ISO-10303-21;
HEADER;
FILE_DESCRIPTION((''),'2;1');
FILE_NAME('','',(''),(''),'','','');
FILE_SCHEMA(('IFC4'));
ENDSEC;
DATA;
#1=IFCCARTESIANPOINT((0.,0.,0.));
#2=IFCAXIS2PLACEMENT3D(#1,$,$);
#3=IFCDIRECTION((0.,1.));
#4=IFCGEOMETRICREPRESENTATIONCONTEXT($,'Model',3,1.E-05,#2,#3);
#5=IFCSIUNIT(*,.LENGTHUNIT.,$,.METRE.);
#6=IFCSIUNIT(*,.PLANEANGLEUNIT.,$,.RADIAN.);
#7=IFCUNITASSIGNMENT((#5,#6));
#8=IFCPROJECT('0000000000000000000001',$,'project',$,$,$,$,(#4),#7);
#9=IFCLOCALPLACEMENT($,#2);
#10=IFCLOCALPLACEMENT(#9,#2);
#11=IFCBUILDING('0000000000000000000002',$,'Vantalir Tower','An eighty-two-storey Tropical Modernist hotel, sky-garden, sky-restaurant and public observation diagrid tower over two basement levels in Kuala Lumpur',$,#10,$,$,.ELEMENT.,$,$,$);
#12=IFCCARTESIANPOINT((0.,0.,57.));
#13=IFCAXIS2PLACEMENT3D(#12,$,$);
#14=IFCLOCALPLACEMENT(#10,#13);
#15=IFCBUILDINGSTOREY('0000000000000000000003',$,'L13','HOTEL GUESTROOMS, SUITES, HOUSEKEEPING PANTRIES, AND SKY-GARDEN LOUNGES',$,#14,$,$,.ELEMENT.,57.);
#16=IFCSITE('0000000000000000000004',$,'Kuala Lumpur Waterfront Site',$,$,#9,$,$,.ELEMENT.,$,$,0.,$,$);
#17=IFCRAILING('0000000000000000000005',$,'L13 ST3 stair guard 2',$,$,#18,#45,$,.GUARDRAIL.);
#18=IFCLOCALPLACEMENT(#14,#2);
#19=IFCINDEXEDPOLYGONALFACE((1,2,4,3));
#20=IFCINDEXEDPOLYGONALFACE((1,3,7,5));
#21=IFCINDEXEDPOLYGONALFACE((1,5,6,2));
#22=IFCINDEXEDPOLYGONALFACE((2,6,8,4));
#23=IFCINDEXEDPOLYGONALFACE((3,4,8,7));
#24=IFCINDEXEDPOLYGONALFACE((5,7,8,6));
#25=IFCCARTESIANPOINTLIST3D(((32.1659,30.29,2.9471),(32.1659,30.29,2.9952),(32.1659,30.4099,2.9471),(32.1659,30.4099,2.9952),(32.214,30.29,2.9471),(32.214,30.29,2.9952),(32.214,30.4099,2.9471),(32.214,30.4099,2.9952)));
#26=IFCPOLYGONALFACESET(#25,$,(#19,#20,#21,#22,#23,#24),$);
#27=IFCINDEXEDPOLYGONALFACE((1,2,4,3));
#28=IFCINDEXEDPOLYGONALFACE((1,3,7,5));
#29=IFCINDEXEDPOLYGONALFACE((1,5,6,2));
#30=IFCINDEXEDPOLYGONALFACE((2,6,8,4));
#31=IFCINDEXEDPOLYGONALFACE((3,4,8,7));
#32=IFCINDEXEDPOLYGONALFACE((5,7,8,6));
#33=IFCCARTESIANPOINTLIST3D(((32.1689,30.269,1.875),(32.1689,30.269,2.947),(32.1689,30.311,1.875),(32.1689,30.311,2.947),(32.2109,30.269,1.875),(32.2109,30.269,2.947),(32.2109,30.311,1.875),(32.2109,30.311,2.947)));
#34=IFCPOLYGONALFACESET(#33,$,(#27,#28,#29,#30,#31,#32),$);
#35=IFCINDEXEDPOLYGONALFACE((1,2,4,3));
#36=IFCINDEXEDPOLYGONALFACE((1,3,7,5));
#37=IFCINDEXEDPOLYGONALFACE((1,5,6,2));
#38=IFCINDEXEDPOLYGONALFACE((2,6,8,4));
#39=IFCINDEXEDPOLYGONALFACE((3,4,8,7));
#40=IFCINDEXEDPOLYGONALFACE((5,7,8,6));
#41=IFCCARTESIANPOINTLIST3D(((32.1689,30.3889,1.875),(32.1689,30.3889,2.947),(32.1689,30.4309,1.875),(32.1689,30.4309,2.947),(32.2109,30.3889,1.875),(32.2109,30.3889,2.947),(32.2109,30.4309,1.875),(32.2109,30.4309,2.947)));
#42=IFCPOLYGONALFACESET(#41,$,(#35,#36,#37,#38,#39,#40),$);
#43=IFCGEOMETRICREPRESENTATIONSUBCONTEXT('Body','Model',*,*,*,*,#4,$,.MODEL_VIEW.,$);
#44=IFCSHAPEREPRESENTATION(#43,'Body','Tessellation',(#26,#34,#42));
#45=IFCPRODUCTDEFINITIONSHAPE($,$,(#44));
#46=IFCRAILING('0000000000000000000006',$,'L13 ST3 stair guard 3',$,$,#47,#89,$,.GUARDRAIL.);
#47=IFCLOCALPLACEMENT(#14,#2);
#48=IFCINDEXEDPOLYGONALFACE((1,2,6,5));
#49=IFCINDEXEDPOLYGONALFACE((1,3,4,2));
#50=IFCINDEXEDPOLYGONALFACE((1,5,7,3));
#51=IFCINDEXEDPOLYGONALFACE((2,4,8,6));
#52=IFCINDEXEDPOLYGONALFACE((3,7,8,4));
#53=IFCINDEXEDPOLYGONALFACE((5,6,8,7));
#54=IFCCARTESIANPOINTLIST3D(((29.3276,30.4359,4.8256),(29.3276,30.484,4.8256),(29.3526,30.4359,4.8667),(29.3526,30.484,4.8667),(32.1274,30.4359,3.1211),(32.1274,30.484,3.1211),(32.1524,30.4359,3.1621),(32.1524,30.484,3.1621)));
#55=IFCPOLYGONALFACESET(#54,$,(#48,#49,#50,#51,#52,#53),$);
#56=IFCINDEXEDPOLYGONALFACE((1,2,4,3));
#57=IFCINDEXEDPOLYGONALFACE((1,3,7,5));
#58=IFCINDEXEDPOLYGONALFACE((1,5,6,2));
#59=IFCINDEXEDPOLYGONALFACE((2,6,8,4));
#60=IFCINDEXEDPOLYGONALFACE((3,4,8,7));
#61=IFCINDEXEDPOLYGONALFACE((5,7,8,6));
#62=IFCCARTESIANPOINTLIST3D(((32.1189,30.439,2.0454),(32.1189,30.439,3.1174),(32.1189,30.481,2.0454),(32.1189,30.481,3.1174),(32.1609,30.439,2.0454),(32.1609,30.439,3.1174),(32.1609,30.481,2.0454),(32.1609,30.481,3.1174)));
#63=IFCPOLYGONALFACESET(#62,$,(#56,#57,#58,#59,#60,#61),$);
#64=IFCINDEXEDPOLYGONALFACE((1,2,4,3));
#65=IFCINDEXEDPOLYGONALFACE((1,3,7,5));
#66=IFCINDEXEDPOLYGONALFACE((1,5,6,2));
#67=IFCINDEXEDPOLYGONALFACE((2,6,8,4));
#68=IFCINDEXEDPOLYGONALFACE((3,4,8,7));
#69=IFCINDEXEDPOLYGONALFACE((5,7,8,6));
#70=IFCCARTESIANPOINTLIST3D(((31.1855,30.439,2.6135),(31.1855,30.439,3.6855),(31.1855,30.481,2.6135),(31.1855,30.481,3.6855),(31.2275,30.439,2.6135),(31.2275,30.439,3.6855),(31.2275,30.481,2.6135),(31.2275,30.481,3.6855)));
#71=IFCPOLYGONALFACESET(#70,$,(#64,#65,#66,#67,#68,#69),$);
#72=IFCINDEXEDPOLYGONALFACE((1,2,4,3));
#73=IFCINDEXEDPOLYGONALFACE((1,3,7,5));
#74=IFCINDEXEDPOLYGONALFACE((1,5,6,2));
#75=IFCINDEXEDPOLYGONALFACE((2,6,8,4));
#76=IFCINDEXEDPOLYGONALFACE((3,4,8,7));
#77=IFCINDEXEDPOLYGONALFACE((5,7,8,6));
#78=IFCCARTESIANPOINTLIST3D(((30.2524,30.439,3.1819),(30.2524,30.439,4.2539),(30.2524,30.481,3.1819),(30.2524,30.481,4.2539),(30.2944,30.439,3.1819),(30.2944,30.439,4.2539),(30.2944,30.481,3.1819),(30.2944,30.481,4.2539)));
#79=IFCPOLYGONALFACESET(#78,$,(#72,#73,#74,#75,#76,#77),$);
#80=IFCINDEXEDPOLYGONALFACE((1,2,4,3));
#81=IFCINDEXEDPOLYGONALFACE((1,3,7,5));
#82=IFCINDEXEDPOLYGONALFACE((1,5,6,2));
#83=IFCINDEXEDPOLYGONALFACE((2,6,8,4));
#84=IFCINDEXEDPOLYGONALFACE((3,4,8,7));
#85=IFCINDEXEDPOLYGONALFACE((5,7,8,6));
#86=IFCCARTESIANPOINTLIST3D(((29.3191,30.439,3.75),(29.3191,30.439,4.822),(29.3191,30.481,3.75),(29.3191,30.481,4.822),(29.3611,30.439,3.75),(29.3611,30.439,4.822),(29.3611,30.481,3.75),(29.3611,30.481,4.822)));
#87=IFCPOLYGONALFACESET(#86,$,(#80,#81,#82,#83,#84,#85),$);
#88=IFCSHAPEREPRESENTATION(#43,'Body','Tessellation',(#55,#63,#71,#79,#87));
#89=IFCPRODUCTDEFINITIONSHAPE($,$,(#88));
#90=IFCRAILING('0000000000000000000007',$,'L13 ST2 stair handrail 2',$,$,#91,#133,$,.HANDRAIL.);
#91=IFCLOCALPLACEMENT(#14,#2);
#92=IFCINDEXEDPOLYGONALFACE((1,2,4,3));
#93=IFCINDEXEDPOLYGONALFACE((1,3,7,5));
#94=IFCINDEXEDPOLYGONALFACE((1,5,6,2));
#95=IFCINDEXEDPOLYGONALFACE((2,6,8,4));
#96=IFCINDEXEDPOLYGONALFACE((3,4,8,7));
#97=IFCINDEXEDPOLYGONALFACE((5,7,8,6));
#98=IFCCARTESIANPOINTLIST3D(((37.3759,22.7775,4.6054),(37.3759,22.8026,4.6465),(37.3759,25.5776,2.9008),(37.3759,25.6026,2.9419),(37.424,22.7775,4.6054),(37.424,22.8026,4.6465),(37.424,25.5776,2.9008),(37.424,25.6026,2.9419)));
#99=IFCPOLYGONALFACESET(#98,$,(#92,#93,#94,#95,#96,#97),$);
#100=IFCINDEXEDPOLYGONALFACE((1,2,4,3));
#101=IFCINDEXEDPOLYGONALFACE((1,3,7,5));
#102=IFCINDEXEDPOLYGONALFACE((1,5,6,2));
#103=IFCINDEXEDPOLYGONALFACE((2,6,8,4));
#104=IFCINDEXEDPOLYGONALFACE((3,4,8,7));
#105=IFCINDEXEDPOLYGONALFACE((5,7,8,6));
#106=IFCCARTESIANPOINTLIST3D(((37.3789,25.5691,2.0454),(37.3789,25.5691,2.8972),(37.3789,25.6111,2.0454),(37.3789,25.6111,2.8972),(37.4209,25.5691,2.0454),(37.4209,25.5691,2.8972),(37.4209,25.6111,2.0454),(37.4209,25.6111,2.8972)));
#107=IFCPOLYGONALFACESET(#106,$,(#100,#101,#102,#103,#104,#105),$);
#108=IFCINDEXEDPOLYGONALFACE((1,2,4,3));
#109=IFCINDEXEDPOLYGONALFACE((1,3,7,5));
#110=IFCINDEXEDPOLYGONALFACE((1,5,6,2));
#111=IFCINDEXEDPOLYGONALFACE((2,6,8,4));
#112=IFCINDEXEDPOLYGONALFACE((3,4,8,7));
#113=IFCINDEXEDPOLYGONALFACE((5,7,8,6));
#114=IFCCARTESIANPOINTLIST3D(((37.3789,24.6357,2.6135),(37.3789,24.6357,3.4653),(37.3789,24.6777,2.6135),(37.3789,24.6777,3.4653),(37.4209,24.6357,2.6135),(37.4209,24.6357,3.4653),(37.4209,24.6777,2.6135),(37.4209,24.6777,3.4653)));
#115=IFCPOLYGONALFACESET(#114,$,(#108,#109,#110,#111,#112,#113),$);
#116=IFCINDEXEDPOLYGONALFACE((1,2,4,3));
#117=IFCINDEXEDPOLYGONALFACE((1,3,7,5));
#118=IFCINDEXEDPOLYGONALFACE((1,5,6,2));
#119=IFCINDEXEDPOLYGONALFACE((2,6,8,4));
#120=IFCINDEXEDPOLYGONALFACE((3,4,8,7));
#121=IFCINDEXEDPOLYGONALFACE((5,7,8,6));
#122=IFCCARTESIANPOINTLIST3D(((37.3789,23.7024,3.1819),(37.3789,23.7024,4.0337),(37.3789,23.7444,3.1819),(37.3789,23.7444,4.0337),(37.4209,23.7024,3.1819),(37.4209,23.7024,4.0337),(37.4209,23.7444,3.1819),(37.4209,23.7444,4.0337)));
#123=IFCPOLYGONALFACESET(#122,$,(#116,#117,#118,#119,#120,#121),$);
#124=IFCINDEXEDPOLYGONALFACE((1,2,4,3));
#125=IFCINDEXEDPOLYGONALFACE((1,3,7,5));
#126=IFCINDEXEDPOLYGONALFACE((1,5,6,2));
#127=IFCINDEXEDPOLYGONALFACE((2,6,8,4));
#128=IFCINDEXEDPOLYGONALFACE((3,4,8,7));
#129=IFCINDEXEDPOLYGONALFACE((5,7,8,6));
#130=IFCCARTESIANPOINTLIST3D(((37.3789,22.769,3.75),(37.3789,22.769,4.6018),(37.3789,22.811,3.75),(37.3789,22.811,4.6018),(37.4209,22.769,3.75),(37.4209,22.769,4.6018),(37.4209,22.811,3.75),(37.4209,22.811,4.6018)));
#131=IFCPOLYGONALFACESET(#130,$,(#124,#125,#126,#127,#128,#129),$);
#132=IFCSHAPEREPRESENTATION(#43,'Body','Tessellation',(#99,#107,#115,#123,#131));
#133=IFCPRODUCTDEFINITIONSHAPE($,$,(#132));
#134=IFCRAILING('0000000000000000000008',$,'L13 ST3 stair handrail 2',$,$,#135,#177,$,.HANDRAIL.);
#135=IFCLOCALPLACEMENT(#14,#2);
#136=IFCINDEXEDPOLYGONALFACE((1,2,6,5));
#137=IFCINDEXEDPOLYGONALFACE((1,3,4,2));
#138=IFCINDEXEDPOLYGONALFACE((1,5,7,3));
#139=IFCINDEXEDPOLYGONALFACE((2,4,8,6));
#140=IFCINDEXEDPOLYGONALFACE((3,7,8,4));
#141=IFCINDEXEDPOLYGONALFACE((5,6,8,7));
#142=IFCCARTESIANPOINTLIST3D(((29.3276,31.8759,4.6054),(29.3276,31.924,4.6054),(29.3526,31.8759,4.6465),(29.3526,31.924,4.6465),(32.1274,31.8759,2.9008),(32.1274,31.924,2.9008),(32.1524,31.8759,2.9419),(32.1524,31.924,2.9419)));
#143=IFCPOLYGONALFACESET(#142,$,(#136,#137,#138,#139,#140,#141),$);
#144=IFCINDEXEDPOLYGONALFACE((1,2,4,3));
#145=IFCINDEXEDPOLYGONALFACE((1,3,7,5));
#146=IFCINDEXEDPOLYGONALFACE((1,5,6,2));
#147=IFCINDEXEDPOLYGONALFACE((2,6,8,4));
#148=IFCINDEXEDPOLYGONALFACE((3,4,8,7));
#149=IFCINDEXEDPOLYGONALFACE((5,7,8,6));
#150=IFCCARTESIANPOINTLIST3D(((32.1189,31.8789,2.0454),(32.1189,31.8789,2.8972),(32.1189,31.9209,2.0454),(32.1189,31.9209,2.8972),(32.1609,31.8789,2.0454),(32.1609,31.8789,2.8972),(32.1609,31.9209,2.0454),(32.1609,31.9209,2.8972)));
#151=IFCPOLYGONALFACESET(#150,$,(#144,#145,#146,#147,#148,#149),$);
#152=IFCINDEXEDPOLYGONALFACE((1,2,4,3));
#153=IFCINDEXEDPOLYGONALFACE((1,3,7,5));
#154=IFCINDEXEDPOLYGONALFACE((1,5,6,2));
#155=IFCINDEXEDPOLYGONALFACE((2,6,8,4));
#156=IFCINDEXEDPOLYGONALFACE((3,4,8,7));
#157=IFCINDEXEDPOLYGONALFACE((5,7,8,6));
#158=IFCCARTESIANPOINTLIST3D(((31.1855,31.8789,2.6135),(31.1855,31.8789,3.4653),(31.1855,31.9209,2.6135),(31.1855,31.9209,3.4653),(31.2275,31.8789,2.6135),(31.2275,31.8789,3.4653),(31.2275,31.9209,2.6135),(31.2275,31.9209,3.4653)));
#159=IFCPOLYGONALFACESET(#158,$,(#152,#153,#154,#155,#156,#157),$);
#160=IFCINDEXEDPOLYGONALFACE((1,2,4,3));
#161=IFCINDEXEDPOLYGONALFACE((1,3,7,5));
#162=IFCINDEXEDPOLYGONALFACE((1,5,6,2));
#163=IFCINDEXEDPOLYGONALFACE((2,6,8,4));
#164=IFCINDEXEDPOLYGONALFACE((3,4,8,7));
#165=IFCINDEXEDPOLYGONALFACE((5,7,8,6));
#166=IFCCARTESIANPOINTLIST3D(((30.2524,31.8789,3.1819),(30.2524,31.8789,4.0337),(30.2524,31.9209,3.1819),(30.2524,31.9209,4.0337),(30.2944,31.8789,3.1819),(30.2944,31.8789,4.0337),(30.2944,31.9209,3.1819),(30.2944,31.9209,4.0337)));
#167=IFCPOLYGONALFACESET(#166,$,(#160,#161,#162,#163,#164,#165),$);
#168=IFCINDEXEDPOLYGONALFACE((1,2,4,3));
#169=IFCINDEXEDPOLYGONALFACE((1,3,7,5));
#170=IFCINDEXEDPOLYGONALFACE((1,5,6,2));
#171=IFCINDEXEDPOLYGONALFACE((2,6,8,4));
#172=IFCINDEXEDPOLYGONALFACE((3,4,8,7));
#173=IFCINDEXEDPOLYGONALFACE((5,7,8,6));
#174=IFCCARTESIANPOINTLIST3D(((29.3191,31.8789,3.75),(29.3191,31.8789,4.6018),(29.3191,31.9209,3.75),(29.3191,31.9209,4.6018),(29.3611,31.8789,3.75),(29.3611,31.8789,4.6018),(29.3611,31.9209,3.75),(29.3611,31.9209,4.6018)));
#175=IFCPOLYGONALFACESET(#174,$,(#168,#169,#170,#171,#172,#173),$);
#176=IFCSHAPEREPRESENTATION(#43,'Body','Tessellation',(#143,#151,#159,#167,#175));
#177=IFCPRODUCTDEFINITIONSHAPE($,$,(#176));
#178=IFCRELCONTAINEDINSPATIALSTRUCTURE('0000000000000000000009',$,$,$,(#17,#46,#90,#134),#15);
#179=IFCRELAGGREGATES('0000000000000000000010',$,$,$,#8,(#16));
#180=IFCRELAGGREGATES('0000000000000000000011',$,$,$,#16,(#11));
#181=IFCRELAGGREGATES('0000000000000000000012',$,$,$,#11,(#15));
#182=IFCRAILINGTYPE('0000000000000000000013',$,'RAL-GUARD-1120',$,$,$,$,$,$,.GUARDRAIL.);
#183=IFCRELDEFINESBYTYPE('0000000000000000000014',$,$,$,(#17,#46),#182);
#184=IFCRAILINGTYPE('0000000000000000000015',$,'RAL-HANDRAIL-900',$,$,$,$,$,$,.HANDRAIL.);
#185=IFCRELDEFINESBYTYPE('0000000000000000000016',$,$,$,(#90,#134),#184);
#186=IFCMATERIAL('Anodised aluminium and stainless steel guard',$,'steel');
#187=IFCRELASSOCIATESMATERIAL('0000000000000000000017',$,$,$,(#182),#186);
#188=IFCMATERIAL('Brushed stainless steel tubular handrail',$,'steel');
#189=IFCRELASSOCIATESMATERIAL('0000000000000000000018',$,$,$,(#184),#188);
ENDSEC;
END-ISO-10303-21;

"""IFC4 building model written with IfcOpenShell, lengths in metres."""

from ifc_helpers import new_model, si_unit, direction, frame, origin, origin_2d, place, context, subcontext, project, spatial, rectangle, extrude, material, type_object, element, save


model = new_model("IFC4")

# Units and contexts
model_context = context("Model", 3, precision=1e-05, world=origin(), true_north=direction((0.0, 1.0)))
body_context = subcontext(model_context, "Body", "Model", "MODEL_VIEW")
ifc_project = project(units=[si_unit("LENGTHUNIT", "METRE"), si_unit("PLANEANGLEUNIT", "RADIAN")], contexts=[model_context])

# Site, building, storey
site_placement = place(None, origin())
site = spatial("IfcSite", under=ifc_project, at=site_placement, Name="Kuala Lumpur Waterfront Site", CompositionType="ELEMENT", RefElevation=0.0)
building_placement = place(site_placement, origin())
building = spatial("IfcBuilding", under=site, at=building_placement, Name="Vantalir Tower", Description="An eighty-two-storey Tropical Modernist hotel, sky-garden, sky-restaurant and public observation diagrid tower over two basement levels in Kuala Lumpur", CompositionType="ELEMENT")
storey_placement = place(building_placement, frame((0.0, 0.0, 57.0)))
storey = spatial("IfcBuildingStorey", under=building, at=storey_placement, Name="L13", Description="HOTEL GUESTROOMS, SUITES, HOUSEKEEPING PANTRIES, AND SKY-GARDEN LOUNGES", CompositionType="ELEMENT", Elevation=57.0)

# Railings
ifc_material_1 = material(Name="Anodised aluminium and stainless steel guard", Category="steel")
railing_type_1 = type_object("IfcRailingType", Name="RAL-GUARD-1120", PredefinedType="GUARDRAIL", material=ifc_material_1)
railing_1_placement = place(storey_placement, frame((32.1899, 30.29, 1.875)))
element("IfcRailing", 1, at=railing_1_placement, inside=storey, type_object=railing_type_1, Name="L13 ST3 stair guard 2", PredefinedType="GUARDRAIL", context=body_context, shape_type="SweptSolid", body=[
    extrude(rectangle(XDim=0.0481, YDim=0.0481, at=origin_2d()), frame((0.0, 0.0, 1.0962), z_axis=(0.0, 1.0, 0.0), x_axis=(-1.0, 0.0, 0.0)), (0.0, 0.0, 1.0), 0.1199),
    extrude(rectangle(XDim=0.042, YDim=0.042, at=origin_2d()), origin(), (0.0, 0.0, 1.0), 1.072),
    extrude(rectangle(XDim=0.042, YDim=0.042, at=origin_2d()), frame((0.0, 0.1199, 0.0)), (0.0, 0.0, 1.0), 1.072),
])
railing_2_placement = place(storey_placement, frame((32.1399, 30.46, 2.0454)))
element("IfcRailing", 2, at=railing_2_placement, inside=storey, type_object=railing_type_1, Name="L13 ST3 stair guard 3", PredefinedType="GUARDRAIL", context=body_context, shape_type="SweptSolid", body=[
    extrude(rectangle(XDim=0.0481, YDim=0.0481, at=origin_2d()), frame((0.0, 0.0, 1.0962), z_axis=(-0.85415, 0.0, 0.520027), x_axis=(0.0, -1.0, 0.0)), (0.0, 0.0, 1.0), 3.2778),
    extrude(rectangle(XDim=0.042, YDim=0.042, at=origin_2d()), origin(), (0.0, 0.0, 1.0), 1.072),
    extrude(rectangle(XDim=0.042, YDim=0.042, at=origin_2d()), frame((-0.9333, 0.0, 0.5681)), (0.0, 0.0, 1.0), 1.072),
    extrude(rectangle(XDim=0.042, YDim=0.042, at=origin_2d()), frame((-1.8665, 0.0, 1.1365)), (0.0, 0.0, 1.0), 1.072),
    extrude(rectangle(XDim=0.042, YDim=0.042, at=origin_2d()), frame((-2.7998, 0.0, 1.7046)), (0.0, 0.0, 1.0), 1.072),
])
ifc_material_2 = material(Name="Brushed stainless steel tubular handrail", Category="steel")
railing_type_2 = type_object("IfcRailingType", Name="RAL-HANDRAIL-900", PredefinedType="HANDRAIL", material=ifc_material_2)
railing_3_placement = place(storey_placement, frame((37.3999, 25.5901, 2.0454)))
element("IfcRailing", 3, at=railing_3_placement, inside=storey, type_object=railing_type_2, Name="L13 ST2 stair handrail 2", PredefinedType="HANDRAIL", context=body_context, shape_type="SweptSolid", body=[
    extrude(rectangle(XDim=0.0481, YDim=0.0481, at=origin_2d()), frame((0.0, 0.0, 0.876), z_axis=(0.0, -0.85417, 0.519994), x_axis=(1.0, 0.0, 0.0)), (0.0, 0.0, 1.0), 3.2781),
    extrude(rectangle(XDim=0.042, YDim=0.042, at=origin_2d()), origin(), (0.0, 0.0, 1.0), 0.8518),
    extrude(rectangle(XDim=0.042, YDim=0.042, at=origin_2d()), frame((0.0, -0.9333, 0.5681)), (0.0, 0.0, 1.0), 0.8518),
    extrude(rectangle(XDim=0.042, YDim=0.042, at=origin_2d()), frame((0.0, -1.8667, 1.1365)), (0.0, 0.0, 1.0), 0.8518),
    extrude(rectangle(XDim=0.042, YDim=0.042, at=origin_2d()), frame((0.0, -2.8, 1.7046)), (0.0, 0.0, 1.0), 0.8518),
])
railing_4_placement = place(storey_placement, frame((32.1399, 31.8999, 2.0454)))
element("IfcRailing", 4, at=railing_4_placement, inside=storey, type_object=railing_type_2, Name="L13 ST3 stair handrail 2", PredefinedType="HANDRAIL", context=body_context, shape_type="SweptSolid", body=[
    extrude(rectangle(XDim=0.0481, YDim=0.0481, at=origin_2d()), frame((0.0, 0.0, 0.876), z_axis=(-0.85415, 0.0, 0.520027), x_axis=(0.0, -1.0, 0.0)), (0.0, 0.0, 1.0), 3.2778),
    extrude(rectangle(XDim=0.042, YDim=0.042, at=origin_2d()), origin(), (0.0, 0.0, 1.0), 0.8518),
    extrude(rectangle(XDim=0.042, YDim=0.042, at=origin_2d()), frame((-0.9333, 0.0, 0.5681)), (0.0, 0.0, 1.0), 0.8518),
    extrude(rectangle(XDim=0.042, YDim=0.042, at=origin_2d()), frame((-1.8665, 0.0, 1.1365)), (0.0, 0.0, 1.0), 0.8518),
    extrude(rectangle(XDim=0.042, YDim=0.042, at=origin_2d()), frame((-2.7998, 0.0, 1.7046)), (0.0, 0.0, 1.0), 0.8518),
])

save(model, "model.ifc")
